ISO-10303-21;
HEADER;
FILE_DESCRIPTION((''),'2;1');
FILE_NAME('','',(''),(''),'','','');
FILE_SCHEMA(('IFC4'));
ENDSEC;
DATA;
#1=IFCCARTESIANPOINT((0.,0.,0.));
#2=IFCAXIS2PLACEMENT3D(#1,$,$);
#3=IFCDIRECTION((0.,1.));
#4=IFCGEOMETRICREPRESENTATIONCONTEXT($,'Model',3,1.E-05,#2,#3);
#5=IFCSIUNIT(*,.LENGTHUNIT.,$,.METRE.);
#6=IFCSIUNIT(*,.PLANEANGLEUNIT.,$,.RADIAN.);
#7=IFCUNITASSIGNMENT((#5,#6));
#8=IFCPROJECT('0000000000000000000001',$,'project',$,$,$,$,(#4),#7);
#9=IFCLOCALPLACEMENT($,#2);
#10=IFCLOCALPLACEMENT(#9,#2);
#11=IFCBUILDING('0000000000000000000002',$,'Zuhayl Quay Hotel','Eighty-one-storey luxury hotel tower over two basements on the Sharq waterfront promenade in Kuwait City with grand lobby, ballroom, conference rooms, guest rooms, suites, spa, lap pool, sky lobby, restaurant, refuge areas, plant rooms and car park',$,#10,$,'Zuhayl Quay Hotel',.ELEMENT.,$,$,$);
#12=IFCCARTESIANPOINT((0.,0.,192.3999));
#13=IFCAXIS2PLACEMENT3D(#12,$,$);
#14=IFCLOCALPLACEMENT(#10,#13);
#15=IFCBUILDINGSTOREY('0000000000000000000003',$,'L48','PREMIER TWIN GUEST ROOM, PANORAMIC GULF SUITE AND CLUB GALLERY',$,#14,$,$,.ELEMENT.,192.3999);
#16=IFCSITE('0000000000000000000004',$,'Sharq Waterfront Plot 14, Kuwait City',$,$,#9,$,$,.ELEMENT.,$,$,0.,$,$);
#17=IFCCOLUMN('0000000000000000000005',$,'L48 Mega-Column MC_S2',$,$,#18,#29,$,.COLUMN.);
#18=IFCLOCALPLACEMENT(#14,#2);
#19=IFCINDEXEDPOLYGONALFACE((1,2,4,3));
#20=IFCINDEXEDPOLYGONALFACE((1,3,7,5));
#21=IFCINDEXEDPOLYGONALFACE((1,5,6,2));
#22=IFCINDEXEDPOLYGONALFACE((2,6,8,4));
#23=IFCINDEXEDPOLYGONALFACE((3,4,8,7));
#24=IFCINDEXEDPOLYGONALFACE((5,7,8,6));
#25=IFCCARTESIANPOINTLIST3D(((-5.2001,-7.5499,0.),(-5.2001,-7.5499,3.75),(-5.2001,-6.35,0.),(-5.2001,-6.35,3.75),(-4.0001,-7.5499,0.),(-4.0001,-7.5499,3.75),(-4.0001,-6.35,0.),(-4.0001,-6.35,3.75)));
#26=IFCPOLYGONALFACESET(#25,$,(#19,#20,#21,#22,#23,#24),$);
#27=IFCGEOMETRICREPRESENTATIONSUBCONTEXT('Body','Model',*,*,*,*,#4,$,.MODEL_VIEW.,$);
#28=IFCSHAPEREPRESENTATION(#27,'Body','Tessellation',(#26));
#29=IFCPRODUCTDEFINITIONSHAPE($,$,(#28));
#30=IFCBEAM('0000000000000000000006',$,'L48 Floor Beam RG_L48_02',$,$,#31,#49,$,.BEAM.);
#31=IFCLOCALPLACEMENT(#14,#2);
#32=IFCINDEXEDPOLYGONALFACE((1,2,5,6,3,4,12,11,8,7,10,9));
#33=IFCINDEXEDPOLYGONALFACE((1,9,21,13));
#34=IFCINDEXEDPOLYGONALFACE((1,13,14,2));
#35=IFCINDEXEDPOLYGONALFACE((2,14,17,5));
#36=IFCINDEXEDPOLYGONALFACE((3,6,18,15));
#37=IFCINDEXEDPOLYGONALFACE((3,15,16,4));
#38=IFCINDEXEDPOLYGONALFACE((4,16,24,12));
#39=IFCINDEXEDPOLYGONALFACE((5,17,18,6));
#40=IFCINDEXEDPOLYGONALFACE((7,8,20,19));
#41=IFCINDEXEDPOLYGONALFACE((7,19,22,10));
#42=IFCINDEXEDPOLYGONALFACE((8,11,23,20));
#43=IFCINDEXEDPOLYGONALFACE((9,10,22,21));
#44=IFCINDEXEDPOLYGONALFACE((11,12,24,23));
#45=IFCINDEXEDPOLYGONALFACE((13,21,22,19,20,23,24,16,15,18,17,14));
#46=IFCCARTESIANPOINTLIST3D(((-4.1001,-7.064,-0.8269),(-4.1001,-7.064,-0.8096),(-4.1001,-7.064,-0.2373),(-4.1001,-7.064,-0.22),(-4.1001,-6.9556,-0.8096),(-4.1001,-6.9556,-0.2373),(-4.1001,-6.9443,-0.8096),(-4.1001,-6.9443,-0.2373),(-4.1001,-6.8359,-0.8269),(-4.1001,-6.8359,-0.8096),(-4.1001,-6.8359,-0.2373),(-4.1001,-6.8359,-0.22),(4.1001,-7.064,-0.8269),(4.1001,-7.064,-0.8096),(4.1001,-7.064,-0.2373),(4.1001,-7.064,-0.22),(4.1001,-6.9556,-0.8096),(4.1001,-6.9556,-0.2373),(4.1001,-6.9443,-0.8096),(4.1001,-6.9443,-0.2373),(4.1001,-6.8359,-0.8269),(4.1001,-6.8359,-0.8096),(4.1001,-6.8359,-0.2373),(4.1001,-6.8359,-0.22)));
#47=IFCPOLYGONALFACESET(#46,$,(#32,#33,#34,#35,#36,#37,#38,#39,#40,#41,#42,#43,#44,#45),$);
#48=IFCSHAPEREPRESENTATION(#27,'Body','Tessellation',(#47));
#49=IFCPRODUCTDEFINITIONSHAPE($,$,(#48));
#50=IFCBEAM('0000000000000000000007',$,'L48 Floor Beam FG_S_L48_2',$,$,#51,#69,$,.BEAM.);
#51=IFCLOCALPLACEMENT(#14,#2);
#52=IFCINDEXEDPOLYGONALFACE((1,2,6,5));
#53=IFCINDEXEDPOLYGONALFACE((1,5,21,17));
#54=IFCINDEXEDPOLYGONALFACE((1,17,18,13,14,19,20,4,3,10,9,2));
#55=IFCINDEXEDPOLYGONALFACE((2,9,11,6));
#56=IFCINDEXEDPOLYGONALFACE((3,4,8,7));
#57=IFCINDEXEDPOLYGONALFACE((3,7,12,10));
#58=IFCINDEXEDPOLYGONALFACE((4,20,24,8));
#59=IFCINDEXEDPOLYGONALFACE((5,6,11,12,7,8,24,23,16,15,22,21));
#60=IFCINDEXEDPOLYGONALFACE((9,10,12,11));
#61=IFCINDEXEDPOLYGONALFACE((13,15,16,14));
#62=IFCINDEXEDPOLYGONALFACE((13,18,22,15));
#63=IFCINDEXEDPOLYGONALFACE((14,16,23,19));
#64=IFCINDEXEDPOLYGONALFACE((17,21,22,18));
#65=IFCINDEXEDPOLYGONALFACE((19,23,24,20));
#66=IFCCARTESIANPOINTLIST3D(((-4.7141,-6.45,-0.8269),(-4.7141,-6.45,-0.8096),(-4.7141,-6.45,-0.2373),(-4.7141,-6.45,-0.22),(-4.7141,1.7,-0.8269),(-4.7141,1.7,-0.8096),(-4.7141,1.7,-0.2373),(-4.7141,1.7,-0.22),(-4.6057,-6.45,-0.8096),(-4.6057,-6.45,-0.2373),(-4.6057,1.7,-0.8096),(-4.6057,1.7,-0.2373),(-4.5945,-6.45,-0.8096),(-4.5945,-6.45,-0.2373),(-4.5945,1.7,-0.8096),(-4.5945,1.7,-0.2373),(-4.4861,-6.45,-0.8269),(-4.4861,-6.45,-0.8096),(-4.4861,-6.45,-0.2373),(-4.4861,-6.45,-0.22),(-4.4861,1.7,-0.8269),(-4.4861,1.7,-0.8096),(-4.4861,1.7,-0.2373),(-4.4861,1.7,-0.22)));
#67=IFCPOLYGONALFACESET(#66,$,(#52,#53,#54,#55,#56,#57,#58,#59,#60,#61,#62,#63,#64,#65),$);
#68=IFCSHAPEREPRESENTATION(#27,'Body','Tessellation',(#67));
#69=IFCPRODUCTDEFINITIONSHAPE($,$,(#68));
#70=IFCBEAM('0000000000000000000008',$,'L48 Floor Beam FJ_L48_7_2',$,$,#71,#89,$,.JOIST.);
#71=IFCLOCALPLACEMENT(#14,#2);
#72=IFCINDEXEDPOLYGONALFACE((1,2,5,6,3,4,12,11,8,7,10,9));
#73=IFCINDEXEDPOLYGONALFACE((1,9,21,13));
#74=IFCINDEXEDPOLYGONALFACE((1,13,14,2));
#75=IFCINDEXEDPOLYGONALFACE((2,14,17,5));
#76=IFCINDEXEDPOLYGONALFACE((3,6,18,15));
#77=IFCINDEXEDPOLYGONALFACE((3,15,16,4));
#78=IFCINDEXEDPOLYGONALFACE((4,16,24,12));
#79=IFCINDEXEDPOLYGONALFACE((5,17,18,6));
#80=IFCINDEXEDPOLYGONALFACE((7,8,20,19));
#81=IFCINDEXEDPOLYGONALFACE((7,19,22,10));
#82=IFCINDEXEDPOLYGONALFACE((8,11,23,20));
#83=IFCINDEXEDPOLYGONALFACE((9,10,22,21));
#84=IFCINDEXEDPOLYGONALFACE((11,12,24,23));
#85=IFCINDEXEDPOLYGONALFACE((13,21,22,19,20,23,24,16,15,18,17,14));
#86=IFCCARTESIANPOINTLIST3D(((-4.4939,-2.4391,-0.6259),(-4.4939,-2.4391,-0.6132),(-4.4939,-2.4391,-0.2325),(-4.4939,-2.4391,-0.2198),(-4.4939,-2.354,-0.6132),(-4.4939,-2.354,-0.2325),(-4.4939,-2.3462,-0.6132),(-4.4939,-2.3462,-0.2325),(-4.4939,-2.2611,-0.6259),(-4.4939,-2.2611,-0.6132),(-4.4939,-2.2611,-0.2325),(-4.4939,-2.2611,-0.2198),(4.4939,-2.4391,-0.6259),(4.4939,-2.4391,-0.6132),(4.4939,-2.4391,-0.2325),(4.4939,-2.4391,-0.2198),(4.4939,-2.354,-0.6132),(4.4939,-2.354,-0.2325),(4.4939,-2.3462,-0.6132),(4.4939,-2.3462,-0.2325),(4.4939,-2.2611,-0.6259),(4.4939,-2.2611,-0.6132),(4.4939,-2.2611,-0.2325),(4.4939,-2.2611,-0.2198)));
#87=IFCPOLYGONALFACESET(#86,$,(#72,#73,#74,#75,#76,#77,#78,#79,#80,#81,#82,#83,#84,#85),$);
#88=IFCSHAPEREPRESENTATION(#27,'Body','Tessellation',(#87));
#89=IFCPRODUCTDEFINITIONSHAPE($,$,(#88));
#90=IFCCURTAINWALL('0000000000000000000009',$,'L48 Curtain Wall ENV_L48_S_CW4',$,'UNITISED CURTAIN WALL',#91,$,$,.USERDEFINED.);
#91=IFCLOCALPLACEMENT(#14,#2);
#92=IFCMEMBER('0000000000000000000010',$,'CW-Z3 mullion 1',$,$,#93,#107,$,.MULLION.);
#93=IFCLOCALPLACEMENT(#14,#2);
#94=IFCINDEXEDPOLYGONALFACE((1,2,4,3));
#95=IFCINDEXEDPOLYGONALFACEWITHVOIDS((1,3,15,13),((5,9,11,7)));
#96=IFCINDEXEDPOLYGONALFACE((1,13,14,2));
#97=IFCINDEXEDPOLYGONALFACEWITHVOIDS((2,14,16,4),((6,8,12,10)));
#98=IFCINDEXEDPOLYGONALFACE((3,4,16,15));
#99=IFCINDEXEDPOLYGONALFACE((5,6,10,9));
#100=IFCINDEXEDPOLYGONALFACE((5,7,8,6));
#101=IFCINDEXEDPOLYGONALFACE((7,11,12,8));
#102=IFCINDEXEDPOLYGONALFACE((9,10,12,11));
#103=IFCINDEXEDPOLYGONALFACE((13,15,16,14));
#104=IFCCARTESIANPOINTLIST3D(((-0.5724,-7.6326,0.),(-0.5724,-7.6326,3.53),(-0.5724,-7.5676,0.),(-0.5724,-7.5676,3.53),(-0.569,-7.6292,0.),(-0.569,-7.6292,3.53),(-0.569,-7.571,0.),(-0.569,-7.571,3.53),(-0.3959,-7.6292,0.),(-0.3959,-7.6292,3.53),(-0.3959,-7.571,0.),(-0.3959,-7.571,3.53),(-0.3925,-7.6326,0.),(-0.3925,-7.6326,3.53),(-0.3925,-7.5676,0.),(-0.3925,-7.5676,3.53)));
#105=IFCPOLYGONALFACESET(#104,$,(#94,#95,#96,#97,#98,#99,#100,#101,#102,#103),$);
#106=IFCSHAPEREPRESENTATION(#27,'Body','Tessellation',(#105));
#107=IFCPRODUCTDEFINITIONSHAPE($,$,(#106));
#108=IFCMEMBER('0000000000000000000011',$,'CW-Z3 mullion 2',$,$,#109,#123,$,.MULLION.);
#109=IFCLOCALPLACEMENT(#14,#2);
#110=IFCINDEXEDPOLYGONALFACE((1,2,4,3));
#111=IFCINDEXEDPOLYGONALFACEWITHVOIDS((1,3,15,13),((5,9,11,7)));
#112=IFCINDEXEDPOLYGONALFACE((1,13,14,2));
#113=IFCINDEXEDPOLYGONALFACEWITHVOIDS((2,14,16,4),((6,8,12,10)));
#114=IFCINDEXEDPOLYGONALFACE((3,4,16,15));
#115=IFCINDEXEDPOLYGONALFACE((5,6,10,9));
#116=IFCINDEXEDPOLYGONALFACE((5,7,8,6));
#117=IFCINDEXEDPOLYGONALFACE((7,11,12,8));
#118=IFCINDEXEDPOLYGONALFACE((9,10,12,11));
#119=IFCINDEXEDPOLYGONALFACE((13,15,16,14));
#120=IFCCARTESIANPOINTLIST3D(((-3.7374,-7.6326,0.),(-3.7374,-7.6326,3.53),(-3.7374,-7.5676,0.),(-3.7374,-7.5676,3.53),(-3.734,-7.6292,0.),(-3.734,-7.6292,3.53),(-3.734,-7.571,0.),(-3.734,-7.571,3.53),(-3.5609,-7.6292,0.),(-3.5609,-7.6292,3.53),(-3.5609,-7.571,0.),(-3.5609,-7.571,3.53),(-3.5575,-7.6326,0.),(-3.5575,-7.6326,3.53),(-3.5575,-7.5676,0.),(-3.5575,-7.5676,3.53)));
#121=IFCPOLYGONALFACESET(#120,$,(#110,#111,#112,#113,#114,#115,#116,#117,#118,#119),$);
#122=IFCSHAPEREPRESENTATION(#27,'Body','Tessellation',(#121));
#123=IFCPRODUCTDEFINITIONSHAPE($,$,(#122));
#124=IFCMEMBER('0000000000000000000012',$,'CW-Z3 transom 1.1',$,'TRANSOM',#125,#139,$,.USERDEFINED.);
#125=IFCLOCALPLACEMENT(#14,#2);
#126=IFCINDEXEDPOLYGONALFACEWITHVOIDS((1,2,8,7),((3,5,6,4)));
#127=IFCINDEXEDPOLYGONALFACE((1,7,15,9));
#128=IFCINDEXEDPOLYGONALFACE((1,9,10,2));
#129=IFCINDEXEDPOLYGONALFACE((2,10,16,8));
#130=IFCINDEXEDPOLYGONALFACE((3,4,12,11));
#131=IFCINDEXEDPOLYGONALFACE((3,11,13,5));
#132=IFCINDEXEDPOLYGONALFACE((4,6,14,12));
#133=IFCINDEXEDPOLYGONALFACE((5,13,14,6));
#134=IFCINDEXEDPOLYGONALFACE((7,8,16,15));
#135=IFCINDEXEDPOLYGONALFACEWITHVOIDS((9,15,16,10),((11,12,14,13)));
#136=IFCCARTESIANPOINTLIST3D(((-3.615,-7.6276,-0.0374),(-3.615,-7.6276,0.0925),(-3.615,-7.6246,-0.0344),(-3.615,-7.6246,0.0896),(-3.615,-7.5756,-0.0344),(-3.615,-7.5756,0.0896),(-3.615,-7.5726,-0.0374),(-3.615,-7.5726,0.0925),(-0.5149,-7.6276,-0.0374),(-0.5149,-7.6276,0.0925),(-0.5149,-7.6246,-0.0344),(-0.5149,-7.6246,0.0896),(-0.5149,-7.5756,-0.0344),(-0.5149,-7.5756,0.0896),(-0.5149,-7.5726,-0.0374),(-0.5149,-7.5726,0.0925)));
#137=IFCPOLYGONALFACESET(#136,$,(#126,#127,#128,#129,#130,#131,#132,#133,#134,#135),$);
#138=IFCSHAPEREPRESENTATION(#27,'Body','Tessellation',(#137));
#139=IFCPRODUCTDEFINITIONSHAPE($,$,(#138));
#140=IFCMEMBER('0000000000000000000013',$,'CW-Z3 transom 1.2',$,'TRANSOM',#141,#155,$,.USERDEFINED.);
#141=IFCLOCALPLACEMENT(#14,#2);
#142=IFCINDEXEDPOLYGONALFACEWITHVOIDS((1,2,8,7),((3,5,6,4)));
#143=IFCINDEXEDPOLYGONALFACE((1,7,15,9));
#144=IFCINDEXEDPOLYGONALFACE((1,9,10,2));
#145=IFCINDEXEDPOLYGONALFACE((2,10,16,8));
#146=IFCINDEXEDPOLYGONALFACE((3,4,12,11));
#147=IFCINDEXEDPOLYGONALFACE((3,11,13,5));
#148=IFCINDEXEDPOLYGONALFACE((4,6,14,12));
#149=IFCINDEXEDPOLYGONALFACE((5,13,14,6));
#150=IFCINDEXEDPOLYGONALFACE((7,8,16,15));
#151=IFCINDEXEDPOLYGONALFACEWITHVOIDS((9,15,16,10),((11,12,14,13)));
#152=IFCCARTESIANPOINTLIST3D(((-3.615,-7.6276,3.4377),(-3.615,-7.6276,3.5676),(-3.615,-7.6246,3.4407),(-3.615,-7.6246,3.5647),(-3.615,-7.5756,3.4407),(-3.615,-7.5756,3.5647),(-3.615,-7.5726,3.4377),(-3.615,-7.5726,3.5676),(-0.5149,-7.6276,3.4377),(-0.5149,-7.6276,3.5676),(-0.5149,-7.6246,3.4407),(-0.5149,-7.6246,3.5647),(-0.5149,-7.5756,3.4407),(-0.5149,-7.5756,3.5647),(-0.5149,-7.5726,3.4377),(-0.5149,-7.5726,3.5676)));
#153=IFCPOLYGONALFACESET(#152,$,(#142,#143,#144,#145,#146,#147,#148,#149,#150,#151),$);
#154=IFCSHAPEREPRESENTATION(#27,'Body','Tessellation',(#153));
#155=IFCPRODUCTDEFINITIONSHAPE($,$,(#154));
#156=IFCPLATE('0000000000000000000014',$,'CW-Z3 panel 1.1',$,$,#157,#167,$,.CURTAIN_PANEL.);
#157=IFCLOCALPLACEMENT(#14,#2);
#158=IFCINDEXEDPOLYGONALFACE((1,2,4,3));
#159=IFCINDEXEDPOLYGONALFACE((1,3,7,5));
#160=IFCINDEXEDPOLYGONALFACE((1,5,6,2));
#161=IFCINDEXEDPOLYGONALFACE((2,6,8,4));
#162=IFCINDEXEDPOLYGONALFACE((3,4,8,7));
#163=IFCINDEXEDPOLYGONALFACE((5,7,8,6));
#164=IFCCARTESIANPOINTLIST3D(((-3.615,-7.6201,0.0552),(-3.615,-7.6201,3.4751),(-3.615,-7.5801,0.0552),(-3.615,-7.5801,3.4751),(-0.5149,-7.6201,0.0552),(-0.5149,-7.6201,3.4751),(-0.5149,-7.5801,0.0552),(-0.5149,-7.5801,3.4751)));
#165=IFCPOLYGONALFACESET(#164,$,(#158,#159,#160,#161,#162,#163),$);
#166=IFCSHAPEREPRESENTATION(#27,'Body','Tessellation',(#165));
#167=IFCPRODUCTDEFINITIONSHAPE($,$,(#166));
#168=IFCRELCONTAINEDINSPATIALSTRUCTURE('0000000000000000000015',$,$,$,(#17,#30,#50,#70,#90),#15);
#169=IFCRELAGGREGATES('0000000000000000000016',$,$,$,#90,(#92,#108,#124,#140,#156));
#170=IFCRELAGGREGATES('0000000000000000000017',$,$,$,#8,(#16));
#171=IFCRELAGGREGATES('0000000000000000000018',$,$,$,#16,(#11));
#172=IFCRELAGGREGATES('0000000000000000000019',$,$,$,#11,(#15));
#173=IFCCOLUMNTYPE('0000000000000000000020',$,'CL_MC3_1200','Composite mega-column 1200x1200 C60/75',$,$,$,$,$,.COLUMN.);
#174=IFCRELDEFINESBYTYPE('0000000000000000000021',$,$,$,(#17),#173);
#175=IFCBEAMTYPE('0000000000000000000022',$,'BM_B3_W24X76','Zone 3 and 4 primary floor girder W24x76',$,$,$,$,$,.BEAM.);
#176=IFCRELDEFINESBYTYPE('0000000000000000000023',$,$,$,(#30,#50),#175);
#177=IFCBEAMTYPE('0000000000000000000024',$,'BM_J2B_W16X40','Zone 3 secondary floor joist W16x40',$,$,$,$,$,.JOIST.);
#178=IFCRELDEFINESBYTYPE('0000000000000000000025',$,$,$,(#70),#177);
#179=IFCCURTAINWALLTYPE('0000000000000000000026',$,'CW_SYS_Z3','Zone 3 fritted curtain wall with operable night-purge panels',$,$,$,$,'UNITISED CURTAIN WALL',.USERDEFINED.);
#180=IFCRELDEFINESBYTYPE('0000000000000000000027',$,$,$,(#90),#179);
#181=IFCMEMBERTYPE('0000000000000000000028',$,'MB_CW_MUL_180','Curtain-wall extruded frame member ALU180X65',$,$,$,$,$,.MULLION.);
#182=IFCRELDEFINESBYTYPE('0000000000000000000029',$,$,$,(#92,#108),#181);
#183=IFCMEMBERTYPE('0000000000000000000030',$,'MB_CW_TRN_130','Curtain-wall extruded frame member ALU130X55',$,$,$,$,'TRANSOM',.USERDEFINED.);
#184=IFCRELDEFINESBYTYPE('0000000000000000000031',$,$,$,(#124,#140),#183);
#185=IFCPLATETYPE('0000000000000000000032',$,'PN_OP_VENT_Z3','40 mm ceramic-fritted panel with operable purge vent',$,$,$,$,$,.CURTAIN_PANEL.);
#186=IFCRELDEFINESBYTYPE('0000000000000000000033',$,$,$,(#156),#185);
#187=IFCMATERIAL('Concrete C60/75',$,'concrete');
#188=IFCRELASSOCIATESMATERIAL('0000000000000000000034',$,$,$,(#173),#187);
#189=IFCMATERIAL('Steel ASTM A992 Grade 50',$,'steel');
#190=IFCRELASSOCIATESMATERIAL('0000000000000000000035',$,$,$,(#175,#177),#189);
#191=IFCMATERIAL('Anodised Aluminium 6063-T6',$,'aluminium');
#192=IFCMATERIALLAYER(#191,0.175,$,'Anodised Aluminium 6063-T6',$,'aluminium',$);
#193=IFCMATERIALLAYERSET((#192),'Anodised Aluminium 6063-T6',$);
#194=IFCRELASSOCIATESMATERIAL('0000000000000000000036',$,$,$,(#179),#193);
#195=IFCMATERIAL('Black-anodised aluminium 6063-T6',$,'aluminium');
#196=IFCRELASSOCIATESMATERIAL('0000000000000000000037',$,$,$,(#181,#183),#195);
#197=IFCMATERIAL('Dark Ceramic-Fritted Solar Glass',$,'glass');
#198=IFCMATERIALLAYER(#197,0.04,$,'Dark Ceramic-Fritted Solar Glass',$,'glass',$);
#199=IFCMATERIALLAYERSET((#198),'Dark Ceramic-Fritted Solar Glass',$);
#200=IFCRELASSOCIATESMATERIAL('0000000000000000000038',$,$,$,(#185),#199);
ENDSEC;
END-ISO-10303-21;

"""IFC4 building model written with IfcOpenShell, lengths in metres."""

from ifc_helpers import new_model, si_unit, direction, frame, origin, origin_2d, place, context, subcontext, project, spatial, rectangle, hollow_rectangle, i_section, extrude, material, layer, layer_set, material_profile, profile_set, type_object, element, aggregate, save


model = new_model("IFC4")

# Units and contexts
model_context = context("Model", 3, precision=1e-05, world=origin(), true_north=direction((0.0, 1.0)))
body_context = subcontext(model_context, "Body", "Model", "MODEL_VIEW")
ifc_project = project(units=[si_unit("LENGTHUNIT", "METRE"), si_unit("PLANEANGLEUNIT", "RADIAN")], contexts=[model_context])

# Site, building, storey
site_placement = place(None, origin())
site = spatial("IfcSite", under=ifc_project, at=site_placement, Name="Sharq Waterfront Plot 14, Kuwait City", CompositionType="ELEMENT", RefElevation=0.0)
building_placement = place(site_placement, origin())
building = spatial("IfcBuilding", under=site, at=building_placement, Name="Zuhayl Quay Hotel", Description="Eighty-one-storey luxury hotel tower over two basements on the Sharq waterfront promenade in Kuwait City with grand lobby, ballroom, conference rooms, guest rooms, suites, spa, lap pool, sky lobby, restaurant, refuge areas, plant rooms and car park", LongName="Zuhayl Quay Hotel", CompositionType="ELEMENT")
storey_placement = place(building_placement, frame((0.0, 0.0, 192.3999)))
storey = spatial("IfcBuildingStorey", under=building, at=storey_placement, Name="L48", Description="PREMIER TWIN GUEST ROOM, PANORAMIC GULF SUITE AND CLUB GALLERY", CompositionType="ELEMENT", Elevation=192.3999)

# Column
ifc_material_1 = material(Name="Concrete C60/75", Category="concrete")
ifc_material_profile_1 = material_profile(ifc_material_1, rectangle(XDim=1.2, YDim=1.2, at=origin_2d()), Name="RC1200X1200")
ifc_profile_set_1 = profile_set([ifc_material_profile_1], Name="Concrete C60/75")
column_type = type_object("IfcColumnType", Name="CL_MC3_1200", Description="Composite mega-column 1200x1200 C60/75", PredefinedType="COLUMN", material=ifc_profile_set_1)
column_placement = place(storey_placement, frame((-4.6001, -6.95, 0.0), z_axis=(0.0, 0.0, 1.0), x_axis=(1.0, 0.0, 0.0)))
element("IfcColumn", 1, at=column_placement, inside=storey, type_object=column_type, Name="L48 Mega-Column MC_S2", PredefinedType="COLUMN", context=body_context, shape_type="SweptSolid", body=[
    extrude(rectangle(XDim=1.2, YDim=1.2, at=origin_2d()), origin(), (0.0, 0.0, 1.0), 3.75),
])

# Beams
ifc_material_2 = material(Name="Steel ASTM A992 Grade 50", Category="steel")
ifc_material_profile_2 = material_profile(ifc_material_2, i_section(OverallWidth=0.228, OverallDepth=0.6069, WebThickness=0.0112, FlangeThickness=0.0173, at=origin_2d()), Name="W24X76")
ifc_profile_set_2 = profile_set([ifc_material_profile_2], Name="Steel ASTM A992 Grade 50")
beam_type_1 = type_object("IfcBeamType", Name="BM_B3_W24X76", Description="Zone 3 and 4 primary floor girder W24x76", PredefinedType="BEAM", material=ifc_profile_set_2)
beam_1_placement = place(storey_placement, frame((-4.1001, -6.95, -0.5234), z_axis=(1.0, 0.0, 0.0), x_axis=(0.0, 1.0, 0.0)))
element("IfcBeam", 2, at=beam_1_placement, inside=storey, type_object=beam_type_1, Name="L48 Floor Beam RG_L48_02", PredefinedType="BEAM", context=body_context, shape_type="SweptSolid", body=[
    extrude(i_section(OverallWidth=0.228, OverallDepth=0.6069, WebThickness=0.0112, FlangeThickness=0.0173, at=origin_2d()), origin(), (0.0, 0.0, 1.0), 8.2002),
])
beam_2_placement = place(storey_placement, frame((-4.6001, -6.45, -0.5234), z_axis=(0.0, 1.0, 0.0), x_axis=(-1.0, 0.0, 0.0)))
element("IfcBeam", 3, at=beam_2_placement, inside=storey, type_object=beam_type_1, Name="L48 Floor Beam FG_S_L48_2", PredefinedType="BEAM", context=body_context, shape_type="SweptSolid", body=[
    extrude(i_section(OverallWidth=0.228, OverallDepth=0.6069, WebThickness=0.0112, FlangeThickness=0.0173, at=origin_2d()), origin(), (0.0, 0.0, 1.0), 8.1499),
])
ifc_material_profile_3 = material_profile(ifc_material_2, i_section(OverallWidth=0.178, OverallDepth=0.406, WebThickness=0.0078, FlangeThickness=0.0127, at=origin_2d()), Name="W16X40")
ifc_profile_set_3 = profile_set([ifc_material_profile_3], Name="Steel ASTM A992 Grade 50")
beam_type_2 = type_object("IfcBeamType", Name="BM_J2B_W16X40", Description="Zone 3 secondary floor joist W16x40", PredefinedType="JOIST", material=ifc_profile_set_3)
beam_3_placement = place(storey_placement, frame((-4.4939, -2.3501, -0.4229), z_axis=(1.0, 0.0, 0.0), x_axis=(0.0, 1.0, 0.0)))
element("IfcBeam", 4, at=beam_3_placement, inside=storey, type_object=beam_type_2, Name="L48 Floor Beam FJ_L48_7_2", PredefinedType="JOIST", context=body_context, shape_type="SweptSolid", body=[
    extrude(i_section(OverallWidth=0.178, OverallDepth=0.406, WebThickness=0.0078, FlangeThickness=0.0127, at=origin_2d()), origin(), (0.0, 0.0, 1.0), 8.9878),
])

# Curtain wall, members, plate
ifc_material_3 = material(Name="Anodised Aluminium 6063-T6", Category="aluminium")
ifc_layer_1 = layer(ifc_material_3, 0.175, Name="Anodised Aluminium 6063-T6", Category="aluminium")
ifc_layer_set_1 = layer_set([ifc_layer_1], Name="Anodised Aluminium 6063-T6")
curtain_wall_type = type_object("IfcCurtainWallType", Name="CW_SYS_Z3", Description="Zone 3 fritted curtain wall with operable night-purge panels", ElementType="UNITISED CURTAIN WALL", PredefinedType="USERDEFINED", material=ifc_layer_set_1)
curtain_wall_placement = place(storey_placement, origin())
curtain_wall = element("IfcCurtainWall", 5, at=curtain_wall_placement, inside=storey, type_object=curtain_wall_type, Name="L48 Curtain Wall ENV_L48_S_CW4", ObjectType="UNITISED CURTAIN WALL", PredefinedType="USERDEFINED")
ifc_material_4 = material(Name="Black-anodised aluminium 6063-T6", Category="aluminium")
ifc_material_profile_4 = material_profile(ifc_material_4, hollow_rectangle(XDim=0.0649, YDim=0.1799, WallThickness=0.0034, at=origin_2d()), Name="ALU180X65")
ifc_profile_set_4 = profile_set([ifc_material_profile_4], Name="Black-anodised aluminium 6063-T6")
member_type_1 = type_object("IfcMemberType", Name="MB_CW_MUL_180", Description="Curtain-wall extruded frame member ALU180X65", PredefinedType="MULLION", material=ifc_profile_set_4)
member_1_placement = place(storey_placement, frame((-0.4824, -7.6001, 0.0), z_axis=(0.0, 0.0, 1.0), x_axis=(0.0, -1.0, 0.0)))
member_1 = element("IfcMember", 6, at=member_1_placement, type_object=member_type_1, Name="CW-Z3 mullion 1", PredefinedType="MULLION", context=body_context, shape_type="SweptSolid", body=[
    extrude(hollow_rectangle(XDim=0.0649, YDim=0.1799, WallThickness=0.0034, at=origin_2d()), origin(), (0.0, 0.0, 1.0), 3.53),
])
member_2_placement = place(storey_placement, frame((-3.6475, -7.6001, 0.0), z_axis=(0.0, 0.0, 1.0), x_axis=(0.0, -1.0, 0.0)))
member_2 = element("IfcMember", 7, at=member_2_placement, type_object=member_type_1, Name="CW-Z3 mullion 2", PredefinedType="MULLION", context=body_context, shape_type="SweptSolid", body=[
    extrude(hollow_rectangle(XDim=0.0649, YDim=0.1799, WallThickness=0.0034, at=origin_2d()), origin(), (0.0, 0.0, 1.0), 3.53),
])
ifc_material_profile_5 = material_profile(ifc_material_4, hollow_rectangle(XDim=0.0549, YDim=0.1299, WallThickness=0.0029, at=origin_2d()), Name="ALU130X55")
ifc_profile_set_5 = profile_set([ifc_material_profile_5], Name="Black-anodised aluminium 6063-T6")
member_type_2 = type_object("IfcMemberType", Name="MB_CW_TRN_130", Description="Curtain-wall extruded frame member ALU130X55", ElementType="TRANSOM", PredefinedType="USERDEFINED", material=ifc_profile_set_5)
member_3_placement = place(storey_placement, frame((-0.5149, -7.6001, 0.0276), z_axis=(-1.0, 0.0, 0.0), x_axis=(0.0, -1.0, 0.0)))
member_3 = element("IfcMember", 8, at=member_3_placement, type_object=member_type_2, Name="CW-Z3 transom 1.1", ObjectType="TRANSOM", PredefinedType="USERDEFINED", context=body_context, shape_type="SweptSolid", body=[
    extrude(hollow_rectangle(XDim=0.0549, YDim=0.1299, WallThickness=0.0029, at=origin_2d()), origin(), (0.0, 0.0, 1.0), 3.1001),
])
member_4_placement = place(storey_placement, frame((-0.5149, -7.6001, 3.5027), z_axis=(-1.0, 0.0, 0.0), x_axis=(0.0, -1.0, 0.0)))
member_4 = element("IfcMember", 9, at=member_4_placement, type_object=member_type_2, Name="CW-Z3 transom 1.2", ObjectType="TRANSOM", PredefinedType="USERDEFINED", context=body_context, shape_type="SweptSolid", body=[
    extrude(hollow_rectangle(XDim=0.0549, YDim=0.1299, WallThickness=0.0029, at=origin_2d()), origin(), (0.0, 0.0, 1.0), 3.1001),
])
ifc_material_5 = material(Name="Dark Ceramic-Fritted Solar Glass", Category="glass")
ifc_layer_2 = layer(ifc_material_5, 0.04, Name="Dark Ceramic-Fritted Solar Glass", Category="glass")
ifc_layer_set_2 = layer_set([ifc_layer_2], Name="Dark Ceramic-Fritted Solar Glass")
plate_type = type_object("IfcPlateType", Name="PN_OP_VENT_Z3", Description="40 mm ceramic-fritted panel with operable purge vent", PredefinedType="CURTAIN_PANEL", material=ifc_layer_set_2)
plate_placement = place(storey_placement, frame((-2.0649, -7.6001, 0.0552), z_axis=(0.0, 0.0, 1.0), x_axis=(-1.0, 0.0, 0.0)))
plate = element("IfcPlate", 10, at=plate_placement, type_object=plate_type, Name="CW-Z3 panel 1.1", PredefinedType="CURTAIN_PANEL", context=body_context, shape_type="SweptSolid", body=[
    extrude(rectangle(XDim=3.1001, YDim=0.04, at=origin_2d()), origin(), (0.0, 0.0, 1.0), 3.4199),
])
aggregate(curtain_wall, [member_1, member_2, member_3, member_4, plate])

save(model, "model.ifc")
